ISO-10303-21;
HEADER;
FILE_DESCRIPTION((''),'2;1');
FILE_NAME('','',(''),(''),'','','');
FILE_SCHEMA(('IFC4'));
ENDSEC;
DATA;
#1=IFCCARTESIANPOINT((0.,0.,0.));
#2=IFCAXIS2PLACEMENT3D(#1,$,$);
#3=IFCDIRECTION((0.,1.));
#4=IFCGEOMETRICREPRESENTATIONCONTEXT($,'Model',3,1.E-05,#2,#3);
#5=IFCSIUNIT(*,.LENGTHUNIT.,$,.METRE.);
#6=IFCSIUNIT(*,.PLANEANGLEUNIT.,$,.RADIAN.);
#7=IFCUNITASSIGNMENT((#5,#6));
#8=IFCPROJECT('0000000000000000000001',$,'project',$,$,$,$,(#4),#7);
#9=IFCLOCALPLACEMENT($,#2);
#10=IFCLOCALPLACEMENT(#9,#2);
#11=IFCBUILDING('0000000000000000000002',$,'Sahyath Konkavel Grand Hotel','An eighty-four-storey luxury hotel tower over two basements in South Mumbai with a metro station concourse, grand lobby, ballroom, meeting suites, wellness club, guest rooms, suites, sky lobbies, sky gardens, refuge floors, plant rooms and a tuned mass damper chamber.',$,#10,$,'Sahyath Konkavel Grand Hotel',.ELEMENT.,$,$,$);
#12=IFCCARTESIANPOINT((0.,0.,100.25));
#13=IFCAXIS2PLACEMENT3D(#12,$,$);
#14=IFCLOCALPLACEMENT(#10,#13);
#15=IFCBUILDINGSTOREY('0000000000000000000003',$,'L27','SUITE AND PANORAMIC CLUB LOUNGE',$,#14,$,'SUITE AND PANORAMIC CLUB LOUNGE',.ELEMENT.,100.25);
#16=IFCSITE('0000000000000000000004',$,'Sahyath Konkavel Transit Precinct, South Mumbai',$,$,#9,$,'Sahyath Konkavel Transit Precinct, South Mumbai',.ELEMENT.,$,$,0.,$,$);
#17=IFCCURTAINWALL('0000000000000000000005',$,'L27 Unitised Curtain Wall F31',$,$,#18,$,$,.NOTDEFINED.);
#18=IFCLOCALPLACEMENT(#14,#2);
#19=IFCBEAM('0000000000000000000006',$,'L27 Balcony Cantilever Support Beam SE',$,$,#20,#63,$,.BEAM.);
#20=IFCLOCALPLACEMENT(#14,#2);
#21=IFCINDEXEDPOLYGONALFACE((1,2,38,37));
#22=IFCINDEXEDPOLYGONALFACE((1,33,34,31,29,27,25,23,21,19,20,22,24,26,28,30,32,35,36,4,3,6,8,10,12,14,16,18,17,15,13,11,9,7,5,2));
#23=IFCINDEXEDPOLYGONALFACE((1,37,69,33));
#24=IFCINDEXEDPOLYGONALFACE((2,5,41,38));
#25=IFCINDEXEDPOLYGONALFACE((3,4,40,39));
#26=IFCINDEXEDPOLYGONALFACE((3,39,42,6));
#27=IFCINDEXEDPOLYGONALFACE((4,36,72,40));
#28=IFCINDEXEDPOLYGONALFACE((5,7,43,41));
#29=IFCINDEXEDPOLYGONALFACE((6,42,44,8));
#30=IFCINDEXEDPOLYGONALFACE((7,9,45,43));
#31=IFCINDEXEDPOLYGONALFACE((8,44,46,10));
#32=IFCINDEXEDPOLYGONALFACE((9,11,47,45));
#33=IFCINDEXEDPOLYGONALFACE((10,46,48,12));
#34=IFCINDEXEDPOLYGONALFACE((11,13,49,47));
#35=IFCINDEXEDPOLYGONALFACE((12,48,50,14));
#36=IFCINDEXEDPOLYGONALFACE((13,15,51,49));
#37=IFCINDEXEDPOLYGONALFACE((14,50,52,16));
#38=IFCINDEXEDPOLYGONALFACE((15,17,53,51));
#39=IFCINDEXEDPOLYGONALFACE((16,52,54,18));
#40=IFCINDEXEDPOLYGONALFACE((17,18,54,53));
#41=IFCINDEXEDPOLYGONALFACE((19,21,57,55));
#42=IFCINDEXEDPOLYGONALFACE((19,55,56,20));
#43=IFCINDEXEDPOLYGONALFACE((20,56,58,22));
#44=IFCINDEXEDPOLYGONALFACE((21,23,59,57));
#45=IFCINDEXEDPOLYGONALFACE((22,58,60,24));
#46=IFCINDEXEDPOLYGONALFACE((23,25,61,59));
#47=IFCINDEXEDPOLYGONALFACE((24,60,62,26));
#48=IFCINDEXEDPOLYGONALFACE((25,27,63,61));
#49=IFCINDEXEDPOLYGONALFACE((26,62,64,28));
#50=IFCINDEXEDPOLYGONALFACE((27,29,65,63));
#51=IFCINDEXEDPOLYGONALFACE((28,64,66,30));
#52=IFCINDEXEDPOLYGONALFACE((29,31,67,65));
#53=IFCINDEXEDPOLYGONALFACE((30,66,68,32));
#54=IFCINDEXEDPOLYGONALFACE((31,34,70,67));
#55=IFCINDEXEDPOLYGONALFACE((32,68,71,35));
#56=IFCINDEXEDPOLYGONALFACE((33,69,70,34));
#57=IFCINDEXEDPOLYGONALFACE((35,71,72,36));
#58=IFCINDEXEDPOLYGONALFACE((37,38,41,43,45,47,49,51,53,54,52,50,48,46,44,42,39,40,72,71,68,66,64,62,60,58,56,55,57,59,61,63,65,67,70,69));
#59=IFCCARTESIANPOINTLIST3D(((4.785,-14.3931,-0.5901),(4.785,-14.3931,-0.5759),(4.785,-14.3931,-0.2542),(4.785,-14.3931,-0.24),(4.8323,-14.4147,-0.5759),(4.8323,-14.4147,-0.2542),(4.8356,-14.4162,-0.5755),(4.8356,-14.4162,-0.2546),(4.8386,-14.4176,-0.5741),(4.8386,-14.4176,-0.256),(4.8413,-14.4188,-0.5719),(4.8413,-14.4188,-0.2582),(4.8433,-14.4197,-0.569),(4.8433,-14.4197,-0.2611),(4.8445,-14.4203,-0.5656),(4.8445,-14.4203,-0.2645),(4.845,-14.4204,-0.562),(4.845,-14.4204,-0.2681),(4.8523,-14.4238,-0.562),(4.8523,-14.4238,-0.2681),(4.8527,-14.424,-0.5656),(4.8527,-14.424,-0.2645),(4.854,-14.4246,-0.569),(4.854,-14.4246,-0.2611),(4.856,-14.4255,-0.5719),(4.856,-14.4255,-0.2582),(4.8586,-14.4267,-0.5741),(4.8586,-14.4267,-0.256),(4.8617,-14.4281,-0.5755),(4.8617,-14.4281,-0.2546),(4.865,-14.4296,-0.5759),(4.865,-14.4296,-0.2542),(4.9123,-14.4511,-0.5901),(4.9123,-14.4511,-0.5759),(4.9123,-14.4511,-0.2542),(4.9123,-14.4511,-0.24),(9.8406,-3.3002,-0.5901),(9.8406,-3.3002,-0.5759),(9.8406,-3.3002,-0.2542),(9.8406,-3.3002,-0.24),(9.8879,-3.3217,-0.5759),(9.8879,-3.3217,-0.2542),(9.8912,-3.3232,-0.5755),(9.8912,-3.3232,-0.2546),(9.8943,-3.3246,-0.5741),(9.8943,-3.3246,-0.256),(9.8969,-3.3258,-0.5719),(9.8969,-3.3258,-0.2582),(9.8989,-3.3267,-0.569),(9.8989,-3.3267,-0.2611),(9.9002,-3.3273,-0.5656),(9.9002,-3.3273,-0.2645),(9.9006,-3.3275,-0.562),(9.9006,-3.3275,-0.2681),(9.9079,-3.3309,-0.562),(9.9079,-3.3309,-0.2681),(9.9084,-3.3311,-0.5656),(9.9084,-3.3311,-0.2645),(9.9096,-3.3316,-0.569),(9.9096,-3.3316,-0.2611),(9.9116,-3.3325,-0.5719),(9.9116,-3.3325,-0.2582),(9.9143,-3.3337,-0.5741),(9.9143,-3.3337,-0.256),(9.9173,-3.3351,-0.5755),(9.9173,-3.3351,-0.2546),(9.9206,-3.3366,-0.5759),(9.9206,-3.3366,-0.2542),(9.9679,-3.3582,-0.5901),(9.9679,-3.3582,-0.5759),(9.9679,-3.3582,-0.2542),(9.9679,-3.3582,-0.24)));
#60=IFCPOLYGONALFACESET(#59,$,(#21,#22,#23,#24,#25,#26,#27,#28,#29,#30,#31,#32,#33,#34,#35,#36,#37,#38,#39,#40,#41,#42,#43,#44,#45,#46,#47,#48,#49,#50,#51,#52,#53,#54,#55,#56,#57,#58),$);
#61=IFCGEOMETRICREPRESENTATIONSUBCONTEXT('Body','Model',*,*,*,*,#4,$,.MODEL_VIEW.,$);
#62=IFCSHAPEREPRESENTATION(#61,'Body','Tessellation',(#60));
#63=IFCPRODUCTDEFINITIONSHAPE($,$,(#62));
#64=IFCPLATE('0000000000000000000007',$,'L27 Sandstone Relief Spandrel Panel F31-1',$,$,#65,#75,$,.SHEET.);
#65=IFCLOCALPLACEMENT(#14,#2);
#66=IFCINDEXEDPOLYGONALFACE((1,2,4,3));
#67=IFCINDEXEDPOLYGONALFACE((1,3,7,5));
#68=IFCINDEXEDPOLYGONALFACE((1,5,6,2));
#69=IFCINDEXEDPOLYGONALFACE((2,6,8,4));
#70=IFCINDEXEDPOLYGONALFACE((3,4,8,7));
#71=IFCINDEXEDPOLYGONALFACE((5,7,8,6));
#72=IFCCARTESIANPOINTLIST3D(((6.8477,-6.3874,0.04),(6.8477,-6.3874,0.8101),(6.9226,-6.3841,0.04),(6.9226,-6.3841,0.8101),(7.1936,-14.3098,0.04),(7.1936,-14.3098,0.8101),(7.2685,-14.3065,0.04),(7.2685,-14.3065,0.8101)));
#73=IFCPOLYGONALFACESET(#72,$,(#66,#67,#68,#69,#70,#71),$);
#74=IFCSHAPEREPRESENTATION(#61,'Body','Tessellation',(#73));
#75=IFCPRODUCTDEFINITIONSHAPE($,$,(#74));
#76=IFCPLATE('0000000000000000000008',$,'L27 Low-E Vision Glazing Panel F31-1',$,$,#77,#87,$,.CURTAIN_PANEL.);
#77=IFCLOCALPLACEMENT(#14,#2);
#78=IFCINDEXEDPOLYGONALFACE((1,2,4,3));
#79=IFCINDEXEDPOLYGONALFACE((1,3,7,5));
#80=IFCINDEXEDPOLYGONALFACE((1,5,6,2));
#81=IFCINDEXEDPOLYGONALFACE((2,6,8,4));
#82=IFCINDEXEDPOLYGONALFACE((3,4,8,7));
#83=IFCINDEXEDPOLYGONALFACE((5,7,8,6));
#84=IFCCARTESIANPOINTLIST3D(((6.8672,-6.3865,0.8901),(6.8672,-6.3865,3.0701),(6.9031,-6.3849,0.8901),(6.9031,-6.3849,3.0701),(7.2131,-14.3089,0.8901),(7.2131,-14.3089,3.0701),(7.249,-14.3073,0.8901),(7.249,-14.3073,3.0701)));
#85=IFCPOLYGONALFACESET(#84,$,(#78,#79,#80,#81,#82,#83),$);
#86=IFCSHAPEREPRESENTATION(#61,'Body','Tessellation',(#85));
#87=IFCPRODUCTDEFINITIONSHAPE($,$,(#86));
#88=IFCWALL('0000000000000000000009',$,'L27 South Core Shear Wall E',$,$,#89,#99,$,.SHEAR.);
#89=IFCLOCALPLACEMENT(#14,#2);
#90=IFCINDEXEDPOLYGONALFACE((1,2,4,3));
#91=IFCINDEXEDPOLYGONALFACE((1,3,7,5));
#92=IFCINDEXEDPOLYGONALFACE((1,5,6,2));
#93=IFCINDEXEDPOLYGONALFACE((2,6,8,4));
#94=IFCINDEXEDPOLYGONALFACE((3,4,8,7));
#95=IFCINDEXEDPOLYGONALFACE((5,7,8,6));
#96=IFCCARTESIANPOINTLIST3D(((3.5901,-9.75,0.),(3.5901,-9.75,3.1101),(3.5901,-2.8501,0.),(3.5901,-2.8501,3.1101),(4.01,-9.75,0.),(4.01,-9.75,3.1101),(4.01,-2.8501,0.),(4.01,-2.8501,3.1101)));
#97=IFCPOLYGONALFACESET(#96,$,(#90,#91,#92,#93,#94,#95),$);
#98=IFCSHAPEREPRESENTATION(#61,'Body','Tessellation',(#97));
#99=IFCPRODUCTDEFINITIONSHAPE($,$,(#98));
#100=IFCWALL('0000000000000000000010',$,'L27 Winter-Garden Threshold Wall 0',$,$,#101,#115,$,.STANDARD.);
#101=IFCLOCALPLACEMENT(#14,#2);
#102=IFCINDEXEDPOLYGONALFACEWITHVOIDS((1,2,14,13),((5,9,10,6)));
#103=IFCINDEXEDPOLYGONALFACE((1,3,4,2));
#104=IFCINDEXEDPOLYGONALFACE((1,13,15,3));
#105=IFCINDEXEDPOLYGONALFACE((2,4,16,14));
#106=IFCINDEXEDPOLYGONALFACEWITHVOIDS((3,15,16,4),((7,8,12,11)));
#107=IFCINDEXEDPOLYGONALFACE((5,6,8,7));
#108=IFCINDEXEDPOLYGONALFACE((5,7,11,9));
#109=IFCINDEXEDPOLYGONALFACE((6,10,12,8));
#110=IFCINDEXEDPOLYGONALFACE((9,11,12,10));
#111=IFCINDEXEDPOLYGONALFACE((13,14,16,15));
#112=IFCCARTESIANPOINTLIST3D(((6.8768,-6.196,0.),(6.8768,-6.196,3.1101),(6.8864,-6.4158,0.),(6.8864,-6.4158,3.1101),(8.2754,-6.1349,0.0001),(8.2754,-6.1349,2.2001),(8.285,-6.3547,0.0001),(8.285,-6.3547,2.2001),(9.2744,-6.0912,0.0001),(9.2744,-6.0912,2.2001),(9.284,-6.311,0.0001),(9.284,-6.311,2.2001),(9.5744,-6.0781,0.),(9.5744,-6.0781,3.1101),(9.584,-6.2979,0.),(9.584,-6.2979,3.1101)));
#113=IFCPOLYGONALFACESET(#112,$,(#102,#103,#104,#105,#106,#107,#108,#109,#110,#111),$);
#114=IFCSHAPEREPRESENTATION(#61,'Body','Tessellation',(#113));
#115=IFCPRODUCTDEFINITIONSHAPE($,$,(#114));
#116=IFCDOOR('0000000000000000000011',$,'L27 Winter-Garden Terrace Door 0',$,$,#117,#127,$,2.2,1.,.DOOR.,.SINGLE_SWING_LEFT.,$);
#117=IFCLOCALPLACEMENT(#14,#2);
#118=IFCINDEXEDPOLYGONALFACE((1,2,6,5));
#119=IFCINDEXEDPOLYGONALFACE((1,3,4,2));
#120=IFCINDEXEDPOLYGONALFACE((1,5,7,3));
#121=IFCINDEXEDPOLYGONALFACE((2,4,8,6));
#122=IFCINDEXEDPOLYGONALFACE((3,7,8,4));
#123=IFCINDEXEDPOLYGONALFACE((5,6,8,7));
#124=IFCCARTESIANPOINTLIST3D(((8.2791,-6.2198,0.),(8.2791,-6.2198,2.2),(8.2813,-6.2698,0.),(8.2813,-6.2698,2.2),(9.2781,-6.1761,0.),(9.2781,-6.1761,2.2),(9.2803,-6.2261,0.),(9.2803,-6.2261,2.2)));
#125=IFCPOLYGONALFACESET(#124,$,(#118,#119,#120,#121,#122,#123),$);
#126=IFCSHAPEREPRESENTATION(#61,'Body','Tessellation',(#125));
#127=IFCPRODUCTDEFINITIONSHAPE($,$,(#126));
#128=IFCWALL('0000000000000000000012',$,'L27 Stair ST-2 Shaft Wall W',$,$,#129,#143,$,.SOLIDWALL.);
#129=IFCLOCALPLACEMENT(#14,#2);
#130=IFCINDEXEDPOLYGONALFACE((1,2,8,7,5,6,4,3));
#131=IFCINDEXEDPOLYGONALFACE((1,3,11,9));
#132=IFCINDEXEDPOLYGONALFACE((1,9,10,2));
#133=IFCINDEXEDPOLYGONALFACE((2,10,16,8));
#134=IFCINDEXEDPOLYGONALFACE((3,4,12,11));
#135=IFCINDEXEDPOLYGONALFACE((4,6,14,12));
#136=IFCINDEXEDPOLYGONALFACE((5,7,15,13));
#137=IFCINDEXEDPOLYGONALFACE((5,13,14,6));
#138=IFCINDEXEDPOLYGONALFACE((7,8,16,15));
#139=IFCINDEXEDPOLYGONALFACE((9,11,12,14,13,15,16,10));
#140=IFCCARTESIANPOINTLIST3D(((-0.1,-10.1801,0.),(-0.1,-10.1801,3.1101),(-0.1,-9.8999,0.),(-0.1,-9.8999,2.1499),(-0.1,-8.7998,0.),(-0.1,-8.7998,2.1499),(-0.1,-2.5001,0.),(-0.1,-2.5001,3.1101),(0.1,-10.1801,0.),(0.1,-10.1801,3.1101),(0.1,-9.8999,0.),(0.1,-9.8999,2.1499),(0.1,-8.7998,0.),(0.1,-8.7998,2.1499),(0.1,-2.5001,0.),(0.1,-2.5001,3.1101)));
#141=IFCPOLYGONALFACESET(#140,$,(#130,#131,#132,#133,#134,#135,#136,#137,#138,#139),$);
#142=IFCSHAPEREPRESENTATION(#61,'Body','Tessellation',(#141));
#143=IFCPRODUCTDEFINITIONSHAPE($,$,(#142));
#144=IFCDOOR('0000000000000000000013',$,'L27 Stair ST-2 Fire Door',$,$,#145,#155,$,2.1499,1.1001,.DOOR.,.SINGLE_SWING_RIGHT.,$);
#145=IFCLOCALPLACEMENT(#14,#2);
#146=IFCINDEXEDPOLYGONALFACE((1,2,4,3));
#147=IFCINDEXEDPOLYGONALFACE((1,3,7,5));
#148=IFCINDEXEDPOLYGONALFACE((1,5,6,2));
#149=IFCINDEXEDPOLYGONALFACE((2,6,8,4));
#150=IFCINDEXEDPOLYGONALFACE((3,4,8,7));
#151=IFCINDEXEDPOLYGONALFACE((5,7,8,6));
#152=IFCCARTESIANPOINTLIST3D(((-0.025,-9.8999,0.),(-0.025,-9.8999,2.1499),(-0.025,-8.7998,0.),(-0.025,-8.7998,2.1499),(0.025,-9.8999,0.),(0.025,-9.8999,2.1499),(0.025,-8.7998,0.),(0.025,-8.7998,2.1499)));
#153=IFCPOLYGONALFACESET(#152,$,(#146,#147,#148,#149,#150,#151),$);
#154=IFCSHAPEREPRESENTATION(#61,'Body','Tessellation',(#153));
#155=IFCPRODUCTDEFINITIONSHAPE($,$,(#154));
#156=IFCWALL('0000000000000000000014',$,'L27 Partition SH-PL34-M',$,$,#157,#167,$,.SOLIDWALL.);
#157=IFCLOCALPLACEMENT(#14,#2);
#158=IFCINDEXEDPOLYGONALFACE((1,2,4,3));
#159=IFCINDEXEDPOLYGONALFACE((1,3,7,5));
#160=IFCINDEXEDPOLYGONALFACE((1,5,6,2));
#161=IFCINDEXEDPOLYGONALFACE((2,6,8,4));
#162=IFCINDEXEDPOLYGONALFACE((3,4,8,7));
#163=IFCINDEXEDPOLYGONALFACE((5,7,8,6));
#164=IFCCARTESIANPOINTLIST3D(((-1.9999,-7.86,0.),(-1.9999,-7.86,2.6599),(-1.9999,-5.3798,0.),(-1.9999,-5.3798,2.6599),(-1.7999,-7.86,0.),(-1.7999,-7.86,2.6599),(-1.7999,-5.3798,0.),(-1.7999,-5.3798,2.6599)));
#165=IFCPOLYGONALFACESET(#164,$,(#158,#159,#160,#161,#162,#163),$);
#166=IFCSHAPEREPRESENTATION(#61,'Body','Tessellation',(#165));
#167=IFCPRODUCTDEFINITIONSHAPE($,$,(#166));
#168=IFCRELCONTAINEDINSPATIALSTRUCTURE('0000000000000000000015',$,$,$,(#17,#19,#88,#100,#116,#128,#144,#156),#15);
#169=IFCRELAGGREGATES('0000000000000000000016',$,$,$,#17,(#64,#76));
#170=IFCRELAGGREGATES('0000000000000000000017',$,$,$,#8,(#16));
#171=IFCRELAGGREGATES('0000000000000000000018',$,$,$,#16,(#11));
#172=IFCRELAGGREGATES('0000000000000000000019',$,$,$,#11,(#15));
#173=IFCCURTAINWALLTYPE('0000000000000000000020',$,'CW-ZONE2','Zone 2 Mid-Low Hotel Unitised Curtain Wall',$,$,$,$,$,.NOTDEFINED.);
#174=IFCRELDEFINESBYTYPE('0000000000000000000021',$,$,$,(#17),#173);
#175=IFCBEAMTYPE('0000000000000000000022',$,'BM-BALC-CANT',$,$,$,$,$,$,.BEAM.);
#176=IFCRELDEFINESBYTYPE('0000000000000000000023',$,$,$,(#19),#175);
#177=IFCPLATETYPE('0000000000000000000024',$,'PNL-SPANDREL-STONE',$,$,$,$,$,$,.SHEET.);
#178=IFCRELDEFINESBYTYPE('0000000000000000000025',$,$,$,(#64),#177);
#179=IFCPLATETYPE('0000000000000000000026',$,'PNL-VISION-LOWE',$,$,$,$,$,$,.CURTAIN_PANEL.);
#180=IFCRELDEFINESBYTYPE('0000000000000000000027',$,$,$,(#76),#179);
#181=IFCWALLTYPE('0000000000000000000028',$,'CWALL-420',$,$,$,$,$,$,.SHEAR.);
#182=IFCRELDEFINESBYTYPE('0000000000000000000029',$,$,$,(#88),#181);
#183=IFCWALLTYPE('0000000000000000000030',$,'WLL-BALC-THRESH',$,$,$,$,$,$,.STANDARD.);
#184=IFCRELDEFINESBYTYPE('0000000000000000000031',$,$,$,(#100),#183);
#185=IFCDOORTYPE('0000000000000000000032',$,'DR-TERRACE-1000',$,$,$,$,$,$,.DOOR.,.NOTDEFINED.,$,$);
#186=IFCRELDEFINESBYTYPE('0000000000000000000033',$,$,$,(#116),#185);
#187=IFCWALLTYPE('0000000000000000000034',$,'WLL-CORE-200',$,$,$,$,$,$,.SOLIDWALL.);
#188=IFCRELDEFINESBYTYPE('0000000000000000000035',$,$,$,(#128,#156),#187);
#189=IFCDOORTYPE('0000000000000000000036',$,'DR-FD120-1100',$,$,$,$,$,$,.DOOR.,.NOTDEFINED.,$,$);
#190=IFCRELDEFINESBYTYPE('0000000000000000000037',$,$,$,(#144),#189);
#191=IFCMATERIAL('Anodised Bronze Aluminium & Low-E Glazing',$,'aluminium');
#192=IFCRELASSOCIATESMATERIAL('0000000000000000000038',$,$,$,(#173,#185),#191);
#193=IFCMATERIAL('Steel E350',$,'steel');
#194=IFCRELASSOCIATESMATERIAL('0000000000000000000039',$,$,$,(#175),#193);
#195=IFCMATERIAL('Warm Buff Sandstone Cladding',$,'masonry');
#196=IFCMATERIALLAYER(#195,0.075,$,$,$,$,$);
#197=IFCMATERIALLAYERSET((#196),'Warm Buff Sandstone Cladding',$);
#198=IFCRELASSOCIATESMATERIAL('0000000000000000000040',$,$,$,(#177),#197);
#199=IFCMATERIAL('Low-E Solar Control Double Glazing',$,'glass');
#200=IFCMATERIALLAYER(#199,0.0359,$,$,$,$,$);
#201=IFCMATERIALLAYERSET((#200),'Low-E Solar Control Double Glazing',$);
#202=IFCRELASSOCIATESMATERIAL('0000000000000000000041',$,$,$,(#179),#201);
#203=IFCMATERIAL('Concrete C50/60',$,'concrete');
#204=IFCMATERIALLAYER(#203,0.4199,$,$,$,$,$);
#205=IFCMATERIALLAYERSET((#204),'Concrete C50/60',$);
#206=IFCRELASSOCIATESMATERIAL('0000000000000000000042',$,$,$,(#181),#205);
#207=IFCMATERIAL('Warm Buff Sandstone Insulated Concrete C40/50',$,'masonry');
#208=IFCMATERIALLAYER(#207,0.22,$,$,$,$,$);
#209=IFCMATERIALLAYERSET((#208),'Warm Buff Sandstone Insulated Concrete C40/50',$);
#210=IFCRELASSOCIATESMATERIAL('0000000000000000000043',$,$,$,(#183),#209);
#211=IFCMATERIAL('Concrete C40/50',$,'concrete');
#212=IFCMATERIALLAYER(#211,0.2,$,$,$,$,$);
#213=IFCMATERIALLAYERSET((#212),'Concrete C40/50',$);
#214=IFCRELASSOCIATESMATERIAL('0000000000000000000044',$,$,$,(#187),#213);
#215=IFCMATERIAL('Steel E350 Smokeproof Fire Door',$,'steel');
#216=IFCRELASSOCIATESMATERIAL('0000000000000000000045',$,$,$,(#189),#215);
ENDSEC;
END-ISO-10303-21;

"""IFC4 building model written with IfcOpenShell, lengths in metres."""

from ifc_helpers import new_model, si_unit, direction, frame, frame_2d, origin, origin_2d, place, context, subcontext, project, spatial, rectangle, i_section, extrude, source, transform, mapped, material, layer, layer_set, material_profile, profile_set, type_object, element, fill, aggregate, save


model = new_model("IFC4")

# Units and contexts
model_context = context("Model", 3, precision=1e-05, world=origin(), true_north=direction((0.0, 1.0)))
body_context = subcontext(model_context, "Body", "Model", "MODEL_VIEW")
ifc_project = project(units=[si_unit("LENGTHUNIT", "METRE"), si_unit("PLANEANGLEUNIT", "RADIAN")], contexts=[model_context])

# Site, building, storey
site_placement = place(None, origin())
site = spatial("IfcSite", under=ifc_project, at=site_placement, Name="Sahyath Konkavel Transit Precinct, South Mumbai", LongName="Sahyath Konkavel Transit Precinct, South Mumbai", CompositionType="ELEMENT", RefElevation=0.0)
building_placement = place(site_placement, origin())
building = spatial("IfcBuilding", under=site, at=building_placement, Name="Sahyath Konkavel Grand Hotel", Description="An eighty-four-storey luxury hotel tower over two basements in South Mumbai with a metro station concourse, grand lobby, ballroom, meeting suites, wellness club, guest rooms, suites, sky lobbies, sky gardens, refuge floors, plant rooms and a tuned mass damper chamber.", LongName="Sahyath Konkavel Grand Hotel", CompositionType="ELEMENT")
storey_placement = place(building_placement, frame((0.0, 0.0, 100.25)))
storey = spatial("IfcBuildingStorey", under=building, at=storey_placement, Name="L27", Description="SUITE AND PANORAMIC CLUB LOUNGE", LongName="SUITE AND PANORAMIC CLUB LOUNGE", CompositionType="ELEMENT", Elevation=100.25)

# Shared definitions
ifc_material_1 = material(Name="Steel E350", Category="steel")

# Curtain wall
ifc_material_2 = material(Name="Anodised Bronze Aluminium & Low-E Glazing", Category="aluminium")
curtain_wall_type = type_object("IfcCurtainWallType", Name="CW-ZONE2", Description="Zone 2 Mid-Low Hotel Unitised Curtain Wall", PredefinedType="NOTDEFINED", material=ifc_material_2)
curtain_wall_placement = place(storey_placement, origin())
curtain_wall = element("IfcCurtainWall", 1, at=curtain_wall_placement, inside=storey, type_object=curtain_wall_type, Name="L27 Unitised Curtain Wall F31", PredefinedType="NOTDEFINED")

# Beam
ifc_material_profile_1 = material_profile(ifc_material_1, i_section(OverallWidth=0.1399, OverallDepth=0.3501, WebThickness=0.0081, FlangeThickness=0.0142, FilletRadius=0.0139, at=origin_2d()), Name="ISMB 350")
ifc_profile_set_1 = profile_set([ifc_material_profile_1], Name="Steel E350")
beam_type_1 = type_object("IfcBeamType", Name="BM-BALC-CANT", PredefinedType="BEAM", material=ifc_profile_set_1)
shared_shape_1 = source(origin(), body_context, "Body", "SweptSolid", [
    extrude(i_section(OverallWidth=0.1399, OverallDepth=0.3501, WebThickness=0.0081, FlangeThickness=0.0142, FilletRadius=0.0139, at=origin_2d()), origin(), (0.0, 0.0, 1.0), 12.1907),
])
beam_1_placement = place(storey_placement, frame((4.8486, -14.4221, -0.415), z_axis=(0.414713, 0.909952, 0.0), x_axis=(-0.909952, 0.414713, 0.0)))
element("IfcBeam", 2, at=beam_1_placement, inside=storey, type_object=beam_type_1, Name="L27 Balcony Cantilever Support Beam SE", PredefinedType="BEAM", context=body_context, shape_type="MappedRepresentation", body=[
    mapped(shared_shape_1, transform((0.0, 0.0, 0.0), scale=1.0)),
])

# Plates
ifc_material_3 = material(Name="Warm Buff Sandstone Cladding", Category="masonry")
ifc_layer_1 = layer(ifc_material_3, 0.075)
ifc_layer_set_1 = layer_set([ifc_layer_1], Name="Warm Buff Sandstone Cladding")
plate_type_1 = type_object("IfcPlateType", Name="PNL-SPANDREL-STONE", PredefinedType="SHEET", material=ifc_layer_set_1)
shared_shape_2 = source(origin(), body_context, "Body", "SweptSolid", [
    extrude(rectangle(XDim=7.9299, YDim=0.075, at=origin_2d()), origin(), (0.0, 0.0, 1.0), 0.77),
])
plate_1_placement = place(storey_placement, frame((7.0581, -10.3469, 0.04), z_axis=(0.0, 0.0, 1.0), x_axis=(-0.043619, 0.999048, 0.0)))
plate_1 = element("IfcPlate", 3, at=plate_1_placement, type_object=plate_type_1, Name="L27 Sandstone Relief Spandrel Panel F31-1", PredefinedType="SHEET", context=body_context, shape_type="MappedRepresentation", body=[
    mapped(shared_shape_2, transform((0.0, 0.0, 0.0), scale=1.0)),
])
ifc_material_4 = material(Name="Low-E Solar Control Double Glazing", Category="glass")
ifc_layer_2 = layer(ifc_material_4, 0.0359)
ifc_layer_set_2 = layer_set([ifc_layer_2], Name="Low-E Solar Control Double Glazing")
plate_type_2 = type_object("IfcPlateType", Name="PNL-VISION-LOWE", PredefinedType="CURTAIN_PANEL", material=ifc_layer_set_2)
shared_shape_3 = source(origin(), body_context, "Body", "SweptSolid", [
    extrude(rectangle(XDim=7.9299, YDim=0.0359, at=origin_2d()), origin(), (0.0, 0.0, 1.0), 2.1799),
])
plate_2_placement = place(storey_placement, frame((7.0581, -10.3469, 0.8901), z_axis=(0.0, 0.0, 1.0), x_axis=(-0.043619, 0.999048, 0.0)))
plate_2 = element("IfcPlate", 4, at=plate_2_placement, type_object=plate_type_2, Name="L27 Low-E Vision Glazing Panel F31-1", PredefinedType="CURTAIN_PANEL", context=body_context, shape_type="MappedRepresentation", body=[
    mapped(shared_shape_3, transform((0.0, 0.0, 0.0), scale=1.0)),
])
aggregate(curtain_wall, [plate_1, plate_2])

# Wall
ifc_material_5 = material(Name="Concrete C50/60", Category="concrete")
ifc_layer_3 = layer(ifc_material_5, 0.4199)
ifc_layer_set_3 = layer_set([ifc_layer_3], Name="Concrete C50/60")
wall_type_1 = type_object("IfcWallType", Name="CWALL-420", PredefinedType="SHEAR", material=ifc_layer_set_3)
wall_1_placement = place(storey_placement, frame((3.8, -9.75, 0.0), z_axis=(0.0, 0.0, 1.0), x_axis=(0.0, 1.0, 0.0)))
element("IfcWall", 5, at=wall_1_placement, inside=storey, type_object=wall_type_1, Name="L27 South Core Shear Wall E", PredefinedType="SHEAR", context=body_context, shape_type="SweptSolid", body=[
    extrude(rectangle(XDim=6.8999, YDim=0.4199, at=frame_2d((3.45, 0.0))), origin(), (0.0, 0.0, 1.0), 3.1101),
])

# Walls, openings, doors
ifc_material_6 = material(Name="Warm Buff Sandstone Insulated Concrete C40/50", Category="masonry")
ifc_layer_4 = layer(ifc_material_6, 0.22)
ifc_layer_set_4 = layer_set([ifc_layer_4], Name="Warm Buff Sandstone Insulated Concrete C40/50")
wall_type_2 = type_object("IfcWallType", Name="WLL-BALC-THRESH", PredefinedType="STANDARD", material=ifc_layer_set_4)
wall_2_placement = place(storey_placement, frame((6.8816, -6.3059, 0.0), z_axis=(0.0, 0.0, 1.0), x_axis=(0.999046, 0.043673, 0.0)))
wall_2 = element("IfcWall", 6, at=wall_2_placement, inside=storey, type_object=wall_type_2, Name="L27 Winter-Garden Threshold Wall 0", PredefinedType="STANDARD", context=body_context, shape_type="SweptSolid", body=[
    extrude(rectangle(XDim=2.7002, YDim=0.22, at=frame_2d((1.3501, 0.0))), origin(), (0.0, 0.0, 1.0), 3.1101),
])
opening_1_placement = place(wall_2_placement, frame((1.3999, 0.0, 0.0)))
opening_1 = element("IfcOpeningElement", 7, at=opening_1_placement, cuts=wall_2, PredefinedType="OPENING", context=body_context, shape_type="SweptSolid", body=[
    extrude(rectangle(XDim=1.0, YDim=2.2, at=frame_2d((0.5, 1.1001))), frame((0.0, 0.1201, 0.0), z_axis=(0.0, -1.0, 0.0), x_axis=(1.0, 0.0, 0.0)), (0.0, 0.0, 1.0), 0.24),
])
door_type_1 = type_object("IfcDoorType", Name="DR-TERRACE-1000", OperationType="NOTDEFINED", PredefinedType="DOOR", material=ifc_material_2)
shared_shape_4 = source(origin(), body_context, "Body", "SweptSolid", [
    extrude(rectangle(XDim=1.0, YDim=0.05, at=origin_2d()), origin(), (0.0, 0.0, 1.0), 2.2),
])
door_1_placement = place(opening_1_placement, frame((0.5, 0.0, 0.0)))
door_1 = element("IfcDoor", 8, at=door_1_placement, inside=storey, type_object=door_type_1, Name="L27 Winter-Garden Terrace Door 0", OperationType="SINGLE_SWING_LEFT", OverallHeight=2.2, OverallWidth=1.0, PredefinedType="DOOR", context=body_context, shape_type="MappedRepresentation", body=[
    mapped(shared_shape_4, transform((0.0, 0.0, 0.0), scale=1.0)),
])
fill(opening_1, door_1)
ifc_material_7 = material(Name="Concrete C40/50", Category="concrete")
ifc_layer_5 = layer(ifc_material_7, 0.2)
ifc_layer_set_5 = layer_set([ifc_layer_5], Name="Concrete C40/50")
wall_type_3 = type_object("IfcWallType", Name="WLL-CORE-200", PredefinedType="SOLIDWALL", material=ifc_layer_set_5)
wall_3_placement = place(storey_placement, frame((0.0, -10.1799, 0.0), z_axis=(0.0, 0.0, 1.0), x_axis=(0.0, 1.0, 0.0)))
wall_3 = element("IfcWall", 9, at=wall_3_placement, inside=storey, type_object=wall_type_3, Name="L27 Stair ST-2 Shaft Wall W", PredefinedType="SOLIDWALL", context=body_context, shape_type="SweptSolid", body=[
    extrude(rectangle(XDim=7.6799, YDim=0.2, at=frame_2d((3.8398, 0.0))), origin(), (0.0, 0.0, 1.0), 3.1101),
])
opening_2_placement = place(wall_3_placement, frame((0.28, 0.0, 0.0)))
opening_2 = element("IfcOpeningElement", 10, at=opening_2_placement, cuts=wall_3, PredefinedType="OPENING", context=body_context, shape_type="SweptSolid", body=[
    extrude(rectangle(XDim=1.1001, YDim=2.1499, at=frame_2d((0.55, 1.075))), frame((0.0, 0.1099, 0.0), z_axis=(0.0, -1.0, 0.0), x_axis=(1.0, 0.0, 0.0)), (0.0, 0.0, 1.0), 0.22),
])
ifc_material_8 = material(Name="Steel E350 Smokeproof Fire Door", Category="steel")
door_type_2 = type_object("IfcDoorType", Name="DR-FD120-1100", OperationType="NOTDEFINED", PredefinedType="DOOR", material=ifc_material_8)
shared_shape_5 = source(origin(), body_context, "Body", "SweptSolid", [
    extrude(rectangle(XDim=1.1001, YDim=0.05, at=origin_2d()), origin(), (0.0, 0.0, 1.0), 2.1499),
])
door_2_placement = place(opening_2_placement, frame((0.55, 0.0, 0.0)))
door_2 = element("IfcDoor", 11, at=door_2_placement, inside=storey, type_object=door_type_2, Name="L27 Stair ST-2 Fire Door", OperationType="SINGLE_SWING_RIGHT", OverallHeight=2.1499, OverallWidth=1.1001, PredefinedType="DOOR", context=body_context, shape_type="MappedRepresentation", body=[
    mapped(shared_shape_5, transform((0.0, 0.0, 0.0), scale=1.0)),
])
fill(opening_2, door_2)

# Wall
wall_4_placement = place(storey_placement, frame((-1.8999, -7.8601, 0.0), z_axis=(0.0, 0.0, 1.0), x_axis=(0.0, 1.0, 0.0)))
element("IfcWall", 12, at=wall_4_placement, inside=storey, type_object=wall_type_3, Name="L27 Partition SH-PL34-M", PredefinedType="SOLIDWALL", context=body_context, shape_type="SweptSolid", body=[
    extrude(rectangle(XDim=2.4802, YDim=0.2, at=frame_2d((1.2402, 0.0))), origin(), (0.0, 0.0, 1.0), 2.6599),
])

save(model, "model.ifc")
